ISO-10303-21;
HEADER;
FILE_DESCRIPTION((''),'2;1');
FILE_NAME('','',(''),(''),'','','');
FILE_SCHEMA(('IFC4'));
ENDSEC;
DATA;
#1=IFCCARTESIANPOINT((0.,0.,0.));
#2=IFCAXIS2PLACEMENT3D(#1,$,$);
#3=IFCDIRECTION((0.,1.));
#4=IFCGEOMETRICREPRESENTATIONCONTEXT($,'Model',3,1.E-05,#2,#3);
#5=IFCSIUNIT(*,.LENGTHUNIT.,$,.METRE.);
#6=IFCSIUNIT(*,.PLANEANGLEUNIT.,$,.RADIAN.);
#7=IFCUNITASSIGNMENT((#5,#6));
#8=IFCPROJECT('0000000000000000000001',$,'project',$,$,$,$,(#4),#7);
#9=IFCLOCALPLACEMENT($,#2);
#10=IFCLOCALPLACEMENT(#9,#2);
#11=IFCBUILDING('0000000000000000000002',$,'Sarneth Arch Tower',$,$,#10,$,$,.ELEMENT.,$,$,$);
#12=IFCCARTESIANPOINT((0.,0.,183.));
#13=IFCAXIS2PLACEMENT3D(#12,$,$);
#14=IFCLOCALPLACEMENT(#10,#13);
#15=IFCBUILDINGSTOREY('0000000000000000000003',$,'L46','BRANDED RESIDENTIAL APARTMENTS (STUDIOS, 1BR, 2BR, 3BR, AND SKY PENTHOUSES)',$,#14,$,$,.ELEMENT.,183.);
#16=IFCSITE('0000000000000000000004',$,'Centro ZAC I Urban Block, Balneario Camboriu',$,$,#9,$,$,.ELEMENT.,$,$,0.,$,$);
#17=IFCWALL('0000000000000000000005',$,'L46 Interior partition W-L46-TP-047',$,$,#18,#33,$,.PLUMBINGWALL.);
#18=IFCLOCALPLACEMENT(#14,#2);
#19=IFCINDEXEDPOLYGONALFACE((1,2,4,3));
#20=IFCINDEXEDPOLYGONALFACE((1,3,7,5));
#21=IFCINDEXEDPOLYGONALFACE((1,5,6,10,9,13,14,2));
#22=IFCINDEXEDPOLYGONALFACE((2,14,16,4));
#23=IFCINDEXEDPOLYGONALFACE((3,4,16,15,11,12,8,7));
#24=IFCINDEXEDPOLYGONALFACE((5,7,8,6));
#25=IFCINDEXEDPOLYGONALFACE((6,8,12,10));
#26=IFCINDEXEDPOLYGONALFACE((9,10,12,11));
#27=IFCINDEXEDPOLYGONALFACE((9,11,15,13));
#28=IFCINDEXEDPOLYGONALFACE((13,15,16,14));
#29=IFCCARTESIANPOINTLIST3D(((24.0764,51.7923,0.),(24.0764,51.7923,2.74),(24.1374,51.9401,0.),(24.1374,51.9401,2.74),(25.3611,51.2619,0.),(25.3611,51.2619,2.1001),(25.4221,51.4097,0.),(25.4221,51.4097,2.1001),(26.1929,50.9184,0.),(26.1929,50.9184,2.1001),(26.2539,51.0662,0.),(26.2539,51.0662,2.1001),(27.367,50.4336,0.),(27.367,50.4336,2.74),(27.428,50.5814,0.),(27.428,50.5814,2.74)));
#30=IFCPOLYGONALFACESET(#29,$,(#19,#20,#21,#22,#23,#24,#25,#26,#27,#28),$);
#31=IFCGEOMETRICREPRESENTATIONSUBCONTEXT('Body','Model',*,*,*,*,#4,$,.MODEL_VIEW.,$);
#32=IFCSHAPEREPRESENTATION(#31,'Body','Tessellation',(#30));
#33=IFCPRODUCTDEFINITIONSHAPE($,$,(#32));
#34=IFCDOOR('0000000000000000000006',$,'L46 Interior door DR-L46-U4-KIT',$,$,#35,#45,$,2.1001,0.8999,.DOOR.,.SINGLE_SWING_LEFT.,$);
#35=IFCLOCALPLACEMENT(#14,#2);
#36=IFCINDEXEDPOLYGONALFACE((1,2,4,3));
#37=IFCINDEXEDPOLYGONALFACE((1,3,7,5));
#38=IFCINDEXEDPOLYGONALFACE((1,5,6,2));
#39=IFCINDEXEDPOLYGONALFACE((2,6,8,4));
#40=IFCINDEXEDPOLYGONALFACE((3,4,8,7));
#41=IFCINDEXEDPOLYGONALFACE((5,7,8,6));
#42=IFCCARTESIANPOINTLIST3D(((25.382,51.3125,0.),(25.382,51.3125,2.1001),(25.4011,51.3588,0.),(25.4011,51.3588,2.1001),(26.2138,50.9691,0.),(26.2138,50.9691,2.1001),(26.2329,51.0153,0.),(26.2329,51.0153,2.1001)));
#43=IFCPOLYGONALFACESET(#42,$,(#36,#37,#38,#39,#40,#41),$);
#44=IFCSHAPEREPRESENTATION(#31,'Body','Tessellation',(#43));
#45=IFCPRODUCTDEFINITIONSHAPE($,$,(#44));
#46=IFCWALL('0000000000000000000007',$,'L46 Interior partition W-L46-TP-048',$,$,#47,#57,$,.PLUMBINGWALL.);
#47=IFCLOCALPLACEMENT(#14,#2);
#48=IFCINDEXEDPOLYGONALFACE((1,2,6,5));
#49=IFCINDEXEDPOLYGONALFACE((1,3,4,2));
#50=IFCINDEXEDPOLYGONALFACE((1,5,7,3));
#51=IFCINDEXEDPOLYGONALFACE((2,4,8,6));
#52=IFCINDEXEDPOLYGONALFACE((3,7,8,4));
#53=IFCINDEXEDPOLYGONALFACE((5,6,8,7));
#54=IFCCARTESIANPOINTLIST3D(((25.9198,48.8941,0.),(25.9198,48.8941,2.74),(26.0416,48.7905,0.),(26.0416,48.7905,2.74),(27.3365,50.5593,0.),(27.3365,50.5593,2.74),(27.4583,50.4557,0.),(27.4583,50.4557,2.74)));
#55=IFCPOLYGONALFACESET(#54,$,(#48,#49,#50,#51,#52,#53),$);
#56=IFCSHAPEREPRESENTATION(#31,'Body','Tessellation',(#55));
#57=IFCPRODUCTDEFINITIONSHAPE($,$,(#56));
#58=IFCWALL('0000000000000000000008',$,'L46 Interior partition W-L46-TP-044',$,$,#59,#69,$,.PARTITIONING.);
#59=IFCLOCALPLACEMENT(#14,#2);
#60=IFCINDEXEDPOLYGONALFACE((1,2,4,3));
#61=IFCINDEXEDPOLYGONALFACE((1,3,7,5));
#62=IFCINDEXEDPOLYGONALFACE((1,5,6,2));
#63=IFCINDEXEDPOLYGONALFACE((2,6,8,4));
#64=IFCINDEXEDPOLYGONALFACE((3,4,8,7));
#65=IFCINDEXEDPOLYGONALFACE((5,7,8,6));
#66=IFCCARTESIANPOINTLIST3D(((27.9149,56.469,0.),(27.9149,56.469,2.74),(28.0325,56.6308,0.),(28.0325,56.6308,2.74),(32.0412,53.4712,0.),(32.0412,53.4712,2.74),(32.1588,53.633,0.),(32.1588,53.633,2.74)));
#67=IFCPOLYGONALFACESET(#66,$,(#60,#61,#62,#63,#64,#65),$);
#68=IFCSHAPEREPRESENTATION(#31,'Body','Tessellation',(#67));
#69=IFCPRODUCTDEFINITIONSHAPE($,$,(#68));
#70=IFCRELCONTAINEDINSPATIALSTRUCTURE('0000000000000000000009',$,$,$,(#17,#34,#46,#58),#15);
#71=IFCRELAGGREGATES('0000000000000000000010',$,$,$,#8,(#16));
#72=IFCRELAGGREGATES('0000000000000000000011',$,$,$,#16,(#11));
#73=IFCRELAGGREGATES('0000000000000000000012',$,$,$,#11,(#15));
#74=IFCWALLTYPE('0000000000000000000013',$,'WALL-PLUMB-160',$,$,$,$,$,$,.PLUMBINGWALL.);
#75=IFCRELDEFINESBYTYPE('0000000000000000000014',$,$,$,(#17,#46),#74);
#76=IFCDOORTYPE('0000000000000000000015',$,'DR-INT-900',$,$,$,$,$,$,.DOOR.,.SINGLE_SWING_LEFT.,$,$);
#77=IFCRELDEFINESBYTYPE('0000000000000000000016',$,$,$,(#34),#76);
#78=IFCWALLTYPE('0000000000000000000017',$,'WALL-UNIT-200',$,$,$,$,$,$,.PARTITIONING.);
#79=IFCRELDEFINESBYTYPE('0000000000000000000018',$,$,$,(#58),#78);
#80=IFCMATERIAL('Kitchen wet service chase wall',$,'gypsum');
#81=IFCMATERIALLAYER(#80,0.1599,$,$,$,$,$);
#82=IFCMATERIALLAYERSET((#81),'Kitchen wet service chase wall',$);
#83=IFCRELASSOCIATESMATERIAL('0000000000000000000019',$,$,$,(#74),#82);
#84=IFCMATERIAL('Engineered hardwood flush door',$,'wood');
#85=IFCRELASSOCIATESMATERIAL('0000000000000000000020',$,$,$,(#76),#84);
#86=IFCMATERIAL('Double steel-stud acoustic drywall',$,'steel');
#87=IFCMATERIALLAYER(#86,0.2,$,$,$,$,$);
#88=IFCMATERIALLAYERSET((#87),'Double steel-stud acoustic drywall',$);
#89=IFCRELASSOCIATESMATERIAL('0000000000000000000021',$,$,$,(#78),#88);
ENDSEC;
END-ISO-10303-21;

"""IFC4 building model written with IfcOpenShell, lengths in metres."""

from ifc_helpers import new_model, si_unit, direction, frame, frame_2d, origin, place, context, subcontext, project, spatial, rectangle, extrude, material, layer, layer_set, type_object, element, fill, save


model = new_model("IFC4")

# Units and contexts
model_context = context("Model", 3, precision=1e-05, world=origin(), true_north=direction((0.0, 1.0)))
body_context = subcontext(model_context, "Body", "Model", "MODEL_VIEW")
ifc_project = project(units=[si_unit("LENGTHUNIT", "METRE"), si_unit("PLANEANGLEUNIT", "RADIAN")], contexts=[model_context])

# Site, building, storey
site_placement = place(None, origin())
site = spatial("IfcSite", under=ifc_project, at=site_placement, Name="Centro ZAC I Urban Block, Balneario Camboriu", CompositionType="ELEMENT", RefElevation=0.0)
building_placement = place(site_placement, origin())
building = spatial("IfcBuilding", under=site, at=building_placement, Name="Sarneth Arch Tower", CompositionType="ELEMENT")
storey_placement = place(building_placement, frame((0.0, 0.0, 183.0)))
storey = spatial("IfcBuildingStorey", under=building, at=storey_placement, Name="L46", Description="BRANDED RESIDENTIAL APARTMENTS (STUDIOS, 1BR, 2BR, 3BR, AND SKY PENTHOUSES)", CompositionType="ELEMENT", Elevation=183.0)

# Wall, opening, door
ifc_material_1 = material(Name="Kitchen wet service chase wall", Category="gypsum")
ifc_layer_1 = layer(ifc_material_1, 0.1599)
ifc_layer_set_1 = layer_set([ifc_layer_1], Name="Kitchen wet service chase wall")
wall_type_1 = type_object("IfcWallType", Name="WALL-PLUMB-160", PredefinedType="PLUMBINGWALL", material=ifc_layer_set_1)
wall_1_placement = place(storey_placement, frame((24.1069, 51.8662, 0.0), z_axis=(0.0, 0.0, 1.0), x_axis=(0.92431, -0.381643, 0.0)))
wall_1 = element("IfcWall", 1, at=wall_1_placement, inside=storey, type_object=wall_type_1, Name="L46 Interior partition W-L46-TP-047", PredefinedType="PLUMBINGWALL", context=body_context, shape_type="SweptSolid", body=[
    extrude(rectangle(XDim=3.5601, YDim=0.1599, at=frame_2d((1.78, 0.0))), origin(), (0.0, 0.0, 1.0), 2.74),
])
opening_1_placement = place(wall_1_placement, frame((1.3899, 0.0, 0.0)))
opening_1 = element("IfcOpeningElement", 2, at=opening_1_placement, cuts=wall_1, PredefinedType="OPENING", context=body_context, shape_type="SweptSolid", body=[
    extrude(rectangle(XDim=0.8999, YDim=2.1001, at=frame_2d((0.45, 1.05))), frame((0.0, 0.0898, 0.0), z_axis=(0.0, -1.0, 0.0), x_axis=(1.0, 0.0, 0.0)), (0.0, 0.0, 1.0), 0.1799),
])
ifc_material_2 = material(Name="Engineered hardwood flush door", Category="wood")
door_type_1 = type_object("IfcDoorType", Name="DR-INT-900", OperationType="SINGLE_SWING_LEFT", PredefinedType="DOOR", material=ifc_material_2)
door_1_placement = place(opening_1_placement, origin())
door_1 = element("IfcDoor", 3, at=door_1_placement, inside=storey, type_object=door_type_1, Name="L46 Interior door DR-L46-U4-KIT", OperationType="SINGLE_SWING_LEFT", OverallHeight=2.1001, OverallWidth=0.8999, PredefinedType="DOOR", context=body_context, shape_type="SweptSolid", body=[
    extrude(rectangle(XDim=0.8999, YDim=2.1001, at=frame_2d((0.45, 1.05))), frame((0.0, 0.0249, 0.0), z_axis=(0.0, -1.0, 0.0), x_axis=(1.0, 0.0, 0.0)), (0.0, 0.0, 1.0), 0.05),
])
fill(opening_1, door_1)

# Walls
wall_2_placement = place(storey_placement, frame((27.3975, 50.5076, 0.0), z_axis=(0.0, 0.0, 1.0), x_axis=(-0.647982, -0.761655, 0.0)))
element("IfcWall", 4, at=wall_2_placement, inside=storey, type_object=wall_type_1, Name="L46 Interior partition W-L46-TP-048", PredefinedType="PLUMBINGWALL", context=body_context, shape_type="SweptSolid", body=[
    extrude(rectangle(XDim=2.1863, YDim=0.1599, at=frame_2d((1.0933, 0.0))), origin(), (0.0, 0.0, 1.0), 2.74),
])
ifc_material_3 = material(Name="Double steel-stud acoustic drywall", Category="steel")
ifc_layer_2 = layer(ifc_material_3, 0.2)
ifc_layer_set_2 = layer_set([ifc_layer_2], Name="Double steel-stud acoustic drywall")
wall_type_2 = type_object("IfcWallType", Name="WALL-UNIT-200", PredefinedType="PARTITIONING", material=ifc_layer_set_2)
wall_3_placement = place(storey_placement, frame((32.1001, 53.552, 0.0), z_axis=(0.0, 0.0, 1.0), x_axis=(-0.809024, 0.587776, 0.0)))
element("IfcWall", 5, at=wall_3_placement, inside=storey, type_object=wall_type_2, Name="L46 Interior partition W-L46-TP-044", PredefinedType="PARTITIONING", context=body_context, shape_type="SweptSolid", body=[
    extrude(rectangle(XDim=5.1003, YDim=0.2, at=frame_2d((2.5503, 0.0))), origin(), (0.0, 0.0, 1.0), 2.74),
])

save(model, "model.ifc")
